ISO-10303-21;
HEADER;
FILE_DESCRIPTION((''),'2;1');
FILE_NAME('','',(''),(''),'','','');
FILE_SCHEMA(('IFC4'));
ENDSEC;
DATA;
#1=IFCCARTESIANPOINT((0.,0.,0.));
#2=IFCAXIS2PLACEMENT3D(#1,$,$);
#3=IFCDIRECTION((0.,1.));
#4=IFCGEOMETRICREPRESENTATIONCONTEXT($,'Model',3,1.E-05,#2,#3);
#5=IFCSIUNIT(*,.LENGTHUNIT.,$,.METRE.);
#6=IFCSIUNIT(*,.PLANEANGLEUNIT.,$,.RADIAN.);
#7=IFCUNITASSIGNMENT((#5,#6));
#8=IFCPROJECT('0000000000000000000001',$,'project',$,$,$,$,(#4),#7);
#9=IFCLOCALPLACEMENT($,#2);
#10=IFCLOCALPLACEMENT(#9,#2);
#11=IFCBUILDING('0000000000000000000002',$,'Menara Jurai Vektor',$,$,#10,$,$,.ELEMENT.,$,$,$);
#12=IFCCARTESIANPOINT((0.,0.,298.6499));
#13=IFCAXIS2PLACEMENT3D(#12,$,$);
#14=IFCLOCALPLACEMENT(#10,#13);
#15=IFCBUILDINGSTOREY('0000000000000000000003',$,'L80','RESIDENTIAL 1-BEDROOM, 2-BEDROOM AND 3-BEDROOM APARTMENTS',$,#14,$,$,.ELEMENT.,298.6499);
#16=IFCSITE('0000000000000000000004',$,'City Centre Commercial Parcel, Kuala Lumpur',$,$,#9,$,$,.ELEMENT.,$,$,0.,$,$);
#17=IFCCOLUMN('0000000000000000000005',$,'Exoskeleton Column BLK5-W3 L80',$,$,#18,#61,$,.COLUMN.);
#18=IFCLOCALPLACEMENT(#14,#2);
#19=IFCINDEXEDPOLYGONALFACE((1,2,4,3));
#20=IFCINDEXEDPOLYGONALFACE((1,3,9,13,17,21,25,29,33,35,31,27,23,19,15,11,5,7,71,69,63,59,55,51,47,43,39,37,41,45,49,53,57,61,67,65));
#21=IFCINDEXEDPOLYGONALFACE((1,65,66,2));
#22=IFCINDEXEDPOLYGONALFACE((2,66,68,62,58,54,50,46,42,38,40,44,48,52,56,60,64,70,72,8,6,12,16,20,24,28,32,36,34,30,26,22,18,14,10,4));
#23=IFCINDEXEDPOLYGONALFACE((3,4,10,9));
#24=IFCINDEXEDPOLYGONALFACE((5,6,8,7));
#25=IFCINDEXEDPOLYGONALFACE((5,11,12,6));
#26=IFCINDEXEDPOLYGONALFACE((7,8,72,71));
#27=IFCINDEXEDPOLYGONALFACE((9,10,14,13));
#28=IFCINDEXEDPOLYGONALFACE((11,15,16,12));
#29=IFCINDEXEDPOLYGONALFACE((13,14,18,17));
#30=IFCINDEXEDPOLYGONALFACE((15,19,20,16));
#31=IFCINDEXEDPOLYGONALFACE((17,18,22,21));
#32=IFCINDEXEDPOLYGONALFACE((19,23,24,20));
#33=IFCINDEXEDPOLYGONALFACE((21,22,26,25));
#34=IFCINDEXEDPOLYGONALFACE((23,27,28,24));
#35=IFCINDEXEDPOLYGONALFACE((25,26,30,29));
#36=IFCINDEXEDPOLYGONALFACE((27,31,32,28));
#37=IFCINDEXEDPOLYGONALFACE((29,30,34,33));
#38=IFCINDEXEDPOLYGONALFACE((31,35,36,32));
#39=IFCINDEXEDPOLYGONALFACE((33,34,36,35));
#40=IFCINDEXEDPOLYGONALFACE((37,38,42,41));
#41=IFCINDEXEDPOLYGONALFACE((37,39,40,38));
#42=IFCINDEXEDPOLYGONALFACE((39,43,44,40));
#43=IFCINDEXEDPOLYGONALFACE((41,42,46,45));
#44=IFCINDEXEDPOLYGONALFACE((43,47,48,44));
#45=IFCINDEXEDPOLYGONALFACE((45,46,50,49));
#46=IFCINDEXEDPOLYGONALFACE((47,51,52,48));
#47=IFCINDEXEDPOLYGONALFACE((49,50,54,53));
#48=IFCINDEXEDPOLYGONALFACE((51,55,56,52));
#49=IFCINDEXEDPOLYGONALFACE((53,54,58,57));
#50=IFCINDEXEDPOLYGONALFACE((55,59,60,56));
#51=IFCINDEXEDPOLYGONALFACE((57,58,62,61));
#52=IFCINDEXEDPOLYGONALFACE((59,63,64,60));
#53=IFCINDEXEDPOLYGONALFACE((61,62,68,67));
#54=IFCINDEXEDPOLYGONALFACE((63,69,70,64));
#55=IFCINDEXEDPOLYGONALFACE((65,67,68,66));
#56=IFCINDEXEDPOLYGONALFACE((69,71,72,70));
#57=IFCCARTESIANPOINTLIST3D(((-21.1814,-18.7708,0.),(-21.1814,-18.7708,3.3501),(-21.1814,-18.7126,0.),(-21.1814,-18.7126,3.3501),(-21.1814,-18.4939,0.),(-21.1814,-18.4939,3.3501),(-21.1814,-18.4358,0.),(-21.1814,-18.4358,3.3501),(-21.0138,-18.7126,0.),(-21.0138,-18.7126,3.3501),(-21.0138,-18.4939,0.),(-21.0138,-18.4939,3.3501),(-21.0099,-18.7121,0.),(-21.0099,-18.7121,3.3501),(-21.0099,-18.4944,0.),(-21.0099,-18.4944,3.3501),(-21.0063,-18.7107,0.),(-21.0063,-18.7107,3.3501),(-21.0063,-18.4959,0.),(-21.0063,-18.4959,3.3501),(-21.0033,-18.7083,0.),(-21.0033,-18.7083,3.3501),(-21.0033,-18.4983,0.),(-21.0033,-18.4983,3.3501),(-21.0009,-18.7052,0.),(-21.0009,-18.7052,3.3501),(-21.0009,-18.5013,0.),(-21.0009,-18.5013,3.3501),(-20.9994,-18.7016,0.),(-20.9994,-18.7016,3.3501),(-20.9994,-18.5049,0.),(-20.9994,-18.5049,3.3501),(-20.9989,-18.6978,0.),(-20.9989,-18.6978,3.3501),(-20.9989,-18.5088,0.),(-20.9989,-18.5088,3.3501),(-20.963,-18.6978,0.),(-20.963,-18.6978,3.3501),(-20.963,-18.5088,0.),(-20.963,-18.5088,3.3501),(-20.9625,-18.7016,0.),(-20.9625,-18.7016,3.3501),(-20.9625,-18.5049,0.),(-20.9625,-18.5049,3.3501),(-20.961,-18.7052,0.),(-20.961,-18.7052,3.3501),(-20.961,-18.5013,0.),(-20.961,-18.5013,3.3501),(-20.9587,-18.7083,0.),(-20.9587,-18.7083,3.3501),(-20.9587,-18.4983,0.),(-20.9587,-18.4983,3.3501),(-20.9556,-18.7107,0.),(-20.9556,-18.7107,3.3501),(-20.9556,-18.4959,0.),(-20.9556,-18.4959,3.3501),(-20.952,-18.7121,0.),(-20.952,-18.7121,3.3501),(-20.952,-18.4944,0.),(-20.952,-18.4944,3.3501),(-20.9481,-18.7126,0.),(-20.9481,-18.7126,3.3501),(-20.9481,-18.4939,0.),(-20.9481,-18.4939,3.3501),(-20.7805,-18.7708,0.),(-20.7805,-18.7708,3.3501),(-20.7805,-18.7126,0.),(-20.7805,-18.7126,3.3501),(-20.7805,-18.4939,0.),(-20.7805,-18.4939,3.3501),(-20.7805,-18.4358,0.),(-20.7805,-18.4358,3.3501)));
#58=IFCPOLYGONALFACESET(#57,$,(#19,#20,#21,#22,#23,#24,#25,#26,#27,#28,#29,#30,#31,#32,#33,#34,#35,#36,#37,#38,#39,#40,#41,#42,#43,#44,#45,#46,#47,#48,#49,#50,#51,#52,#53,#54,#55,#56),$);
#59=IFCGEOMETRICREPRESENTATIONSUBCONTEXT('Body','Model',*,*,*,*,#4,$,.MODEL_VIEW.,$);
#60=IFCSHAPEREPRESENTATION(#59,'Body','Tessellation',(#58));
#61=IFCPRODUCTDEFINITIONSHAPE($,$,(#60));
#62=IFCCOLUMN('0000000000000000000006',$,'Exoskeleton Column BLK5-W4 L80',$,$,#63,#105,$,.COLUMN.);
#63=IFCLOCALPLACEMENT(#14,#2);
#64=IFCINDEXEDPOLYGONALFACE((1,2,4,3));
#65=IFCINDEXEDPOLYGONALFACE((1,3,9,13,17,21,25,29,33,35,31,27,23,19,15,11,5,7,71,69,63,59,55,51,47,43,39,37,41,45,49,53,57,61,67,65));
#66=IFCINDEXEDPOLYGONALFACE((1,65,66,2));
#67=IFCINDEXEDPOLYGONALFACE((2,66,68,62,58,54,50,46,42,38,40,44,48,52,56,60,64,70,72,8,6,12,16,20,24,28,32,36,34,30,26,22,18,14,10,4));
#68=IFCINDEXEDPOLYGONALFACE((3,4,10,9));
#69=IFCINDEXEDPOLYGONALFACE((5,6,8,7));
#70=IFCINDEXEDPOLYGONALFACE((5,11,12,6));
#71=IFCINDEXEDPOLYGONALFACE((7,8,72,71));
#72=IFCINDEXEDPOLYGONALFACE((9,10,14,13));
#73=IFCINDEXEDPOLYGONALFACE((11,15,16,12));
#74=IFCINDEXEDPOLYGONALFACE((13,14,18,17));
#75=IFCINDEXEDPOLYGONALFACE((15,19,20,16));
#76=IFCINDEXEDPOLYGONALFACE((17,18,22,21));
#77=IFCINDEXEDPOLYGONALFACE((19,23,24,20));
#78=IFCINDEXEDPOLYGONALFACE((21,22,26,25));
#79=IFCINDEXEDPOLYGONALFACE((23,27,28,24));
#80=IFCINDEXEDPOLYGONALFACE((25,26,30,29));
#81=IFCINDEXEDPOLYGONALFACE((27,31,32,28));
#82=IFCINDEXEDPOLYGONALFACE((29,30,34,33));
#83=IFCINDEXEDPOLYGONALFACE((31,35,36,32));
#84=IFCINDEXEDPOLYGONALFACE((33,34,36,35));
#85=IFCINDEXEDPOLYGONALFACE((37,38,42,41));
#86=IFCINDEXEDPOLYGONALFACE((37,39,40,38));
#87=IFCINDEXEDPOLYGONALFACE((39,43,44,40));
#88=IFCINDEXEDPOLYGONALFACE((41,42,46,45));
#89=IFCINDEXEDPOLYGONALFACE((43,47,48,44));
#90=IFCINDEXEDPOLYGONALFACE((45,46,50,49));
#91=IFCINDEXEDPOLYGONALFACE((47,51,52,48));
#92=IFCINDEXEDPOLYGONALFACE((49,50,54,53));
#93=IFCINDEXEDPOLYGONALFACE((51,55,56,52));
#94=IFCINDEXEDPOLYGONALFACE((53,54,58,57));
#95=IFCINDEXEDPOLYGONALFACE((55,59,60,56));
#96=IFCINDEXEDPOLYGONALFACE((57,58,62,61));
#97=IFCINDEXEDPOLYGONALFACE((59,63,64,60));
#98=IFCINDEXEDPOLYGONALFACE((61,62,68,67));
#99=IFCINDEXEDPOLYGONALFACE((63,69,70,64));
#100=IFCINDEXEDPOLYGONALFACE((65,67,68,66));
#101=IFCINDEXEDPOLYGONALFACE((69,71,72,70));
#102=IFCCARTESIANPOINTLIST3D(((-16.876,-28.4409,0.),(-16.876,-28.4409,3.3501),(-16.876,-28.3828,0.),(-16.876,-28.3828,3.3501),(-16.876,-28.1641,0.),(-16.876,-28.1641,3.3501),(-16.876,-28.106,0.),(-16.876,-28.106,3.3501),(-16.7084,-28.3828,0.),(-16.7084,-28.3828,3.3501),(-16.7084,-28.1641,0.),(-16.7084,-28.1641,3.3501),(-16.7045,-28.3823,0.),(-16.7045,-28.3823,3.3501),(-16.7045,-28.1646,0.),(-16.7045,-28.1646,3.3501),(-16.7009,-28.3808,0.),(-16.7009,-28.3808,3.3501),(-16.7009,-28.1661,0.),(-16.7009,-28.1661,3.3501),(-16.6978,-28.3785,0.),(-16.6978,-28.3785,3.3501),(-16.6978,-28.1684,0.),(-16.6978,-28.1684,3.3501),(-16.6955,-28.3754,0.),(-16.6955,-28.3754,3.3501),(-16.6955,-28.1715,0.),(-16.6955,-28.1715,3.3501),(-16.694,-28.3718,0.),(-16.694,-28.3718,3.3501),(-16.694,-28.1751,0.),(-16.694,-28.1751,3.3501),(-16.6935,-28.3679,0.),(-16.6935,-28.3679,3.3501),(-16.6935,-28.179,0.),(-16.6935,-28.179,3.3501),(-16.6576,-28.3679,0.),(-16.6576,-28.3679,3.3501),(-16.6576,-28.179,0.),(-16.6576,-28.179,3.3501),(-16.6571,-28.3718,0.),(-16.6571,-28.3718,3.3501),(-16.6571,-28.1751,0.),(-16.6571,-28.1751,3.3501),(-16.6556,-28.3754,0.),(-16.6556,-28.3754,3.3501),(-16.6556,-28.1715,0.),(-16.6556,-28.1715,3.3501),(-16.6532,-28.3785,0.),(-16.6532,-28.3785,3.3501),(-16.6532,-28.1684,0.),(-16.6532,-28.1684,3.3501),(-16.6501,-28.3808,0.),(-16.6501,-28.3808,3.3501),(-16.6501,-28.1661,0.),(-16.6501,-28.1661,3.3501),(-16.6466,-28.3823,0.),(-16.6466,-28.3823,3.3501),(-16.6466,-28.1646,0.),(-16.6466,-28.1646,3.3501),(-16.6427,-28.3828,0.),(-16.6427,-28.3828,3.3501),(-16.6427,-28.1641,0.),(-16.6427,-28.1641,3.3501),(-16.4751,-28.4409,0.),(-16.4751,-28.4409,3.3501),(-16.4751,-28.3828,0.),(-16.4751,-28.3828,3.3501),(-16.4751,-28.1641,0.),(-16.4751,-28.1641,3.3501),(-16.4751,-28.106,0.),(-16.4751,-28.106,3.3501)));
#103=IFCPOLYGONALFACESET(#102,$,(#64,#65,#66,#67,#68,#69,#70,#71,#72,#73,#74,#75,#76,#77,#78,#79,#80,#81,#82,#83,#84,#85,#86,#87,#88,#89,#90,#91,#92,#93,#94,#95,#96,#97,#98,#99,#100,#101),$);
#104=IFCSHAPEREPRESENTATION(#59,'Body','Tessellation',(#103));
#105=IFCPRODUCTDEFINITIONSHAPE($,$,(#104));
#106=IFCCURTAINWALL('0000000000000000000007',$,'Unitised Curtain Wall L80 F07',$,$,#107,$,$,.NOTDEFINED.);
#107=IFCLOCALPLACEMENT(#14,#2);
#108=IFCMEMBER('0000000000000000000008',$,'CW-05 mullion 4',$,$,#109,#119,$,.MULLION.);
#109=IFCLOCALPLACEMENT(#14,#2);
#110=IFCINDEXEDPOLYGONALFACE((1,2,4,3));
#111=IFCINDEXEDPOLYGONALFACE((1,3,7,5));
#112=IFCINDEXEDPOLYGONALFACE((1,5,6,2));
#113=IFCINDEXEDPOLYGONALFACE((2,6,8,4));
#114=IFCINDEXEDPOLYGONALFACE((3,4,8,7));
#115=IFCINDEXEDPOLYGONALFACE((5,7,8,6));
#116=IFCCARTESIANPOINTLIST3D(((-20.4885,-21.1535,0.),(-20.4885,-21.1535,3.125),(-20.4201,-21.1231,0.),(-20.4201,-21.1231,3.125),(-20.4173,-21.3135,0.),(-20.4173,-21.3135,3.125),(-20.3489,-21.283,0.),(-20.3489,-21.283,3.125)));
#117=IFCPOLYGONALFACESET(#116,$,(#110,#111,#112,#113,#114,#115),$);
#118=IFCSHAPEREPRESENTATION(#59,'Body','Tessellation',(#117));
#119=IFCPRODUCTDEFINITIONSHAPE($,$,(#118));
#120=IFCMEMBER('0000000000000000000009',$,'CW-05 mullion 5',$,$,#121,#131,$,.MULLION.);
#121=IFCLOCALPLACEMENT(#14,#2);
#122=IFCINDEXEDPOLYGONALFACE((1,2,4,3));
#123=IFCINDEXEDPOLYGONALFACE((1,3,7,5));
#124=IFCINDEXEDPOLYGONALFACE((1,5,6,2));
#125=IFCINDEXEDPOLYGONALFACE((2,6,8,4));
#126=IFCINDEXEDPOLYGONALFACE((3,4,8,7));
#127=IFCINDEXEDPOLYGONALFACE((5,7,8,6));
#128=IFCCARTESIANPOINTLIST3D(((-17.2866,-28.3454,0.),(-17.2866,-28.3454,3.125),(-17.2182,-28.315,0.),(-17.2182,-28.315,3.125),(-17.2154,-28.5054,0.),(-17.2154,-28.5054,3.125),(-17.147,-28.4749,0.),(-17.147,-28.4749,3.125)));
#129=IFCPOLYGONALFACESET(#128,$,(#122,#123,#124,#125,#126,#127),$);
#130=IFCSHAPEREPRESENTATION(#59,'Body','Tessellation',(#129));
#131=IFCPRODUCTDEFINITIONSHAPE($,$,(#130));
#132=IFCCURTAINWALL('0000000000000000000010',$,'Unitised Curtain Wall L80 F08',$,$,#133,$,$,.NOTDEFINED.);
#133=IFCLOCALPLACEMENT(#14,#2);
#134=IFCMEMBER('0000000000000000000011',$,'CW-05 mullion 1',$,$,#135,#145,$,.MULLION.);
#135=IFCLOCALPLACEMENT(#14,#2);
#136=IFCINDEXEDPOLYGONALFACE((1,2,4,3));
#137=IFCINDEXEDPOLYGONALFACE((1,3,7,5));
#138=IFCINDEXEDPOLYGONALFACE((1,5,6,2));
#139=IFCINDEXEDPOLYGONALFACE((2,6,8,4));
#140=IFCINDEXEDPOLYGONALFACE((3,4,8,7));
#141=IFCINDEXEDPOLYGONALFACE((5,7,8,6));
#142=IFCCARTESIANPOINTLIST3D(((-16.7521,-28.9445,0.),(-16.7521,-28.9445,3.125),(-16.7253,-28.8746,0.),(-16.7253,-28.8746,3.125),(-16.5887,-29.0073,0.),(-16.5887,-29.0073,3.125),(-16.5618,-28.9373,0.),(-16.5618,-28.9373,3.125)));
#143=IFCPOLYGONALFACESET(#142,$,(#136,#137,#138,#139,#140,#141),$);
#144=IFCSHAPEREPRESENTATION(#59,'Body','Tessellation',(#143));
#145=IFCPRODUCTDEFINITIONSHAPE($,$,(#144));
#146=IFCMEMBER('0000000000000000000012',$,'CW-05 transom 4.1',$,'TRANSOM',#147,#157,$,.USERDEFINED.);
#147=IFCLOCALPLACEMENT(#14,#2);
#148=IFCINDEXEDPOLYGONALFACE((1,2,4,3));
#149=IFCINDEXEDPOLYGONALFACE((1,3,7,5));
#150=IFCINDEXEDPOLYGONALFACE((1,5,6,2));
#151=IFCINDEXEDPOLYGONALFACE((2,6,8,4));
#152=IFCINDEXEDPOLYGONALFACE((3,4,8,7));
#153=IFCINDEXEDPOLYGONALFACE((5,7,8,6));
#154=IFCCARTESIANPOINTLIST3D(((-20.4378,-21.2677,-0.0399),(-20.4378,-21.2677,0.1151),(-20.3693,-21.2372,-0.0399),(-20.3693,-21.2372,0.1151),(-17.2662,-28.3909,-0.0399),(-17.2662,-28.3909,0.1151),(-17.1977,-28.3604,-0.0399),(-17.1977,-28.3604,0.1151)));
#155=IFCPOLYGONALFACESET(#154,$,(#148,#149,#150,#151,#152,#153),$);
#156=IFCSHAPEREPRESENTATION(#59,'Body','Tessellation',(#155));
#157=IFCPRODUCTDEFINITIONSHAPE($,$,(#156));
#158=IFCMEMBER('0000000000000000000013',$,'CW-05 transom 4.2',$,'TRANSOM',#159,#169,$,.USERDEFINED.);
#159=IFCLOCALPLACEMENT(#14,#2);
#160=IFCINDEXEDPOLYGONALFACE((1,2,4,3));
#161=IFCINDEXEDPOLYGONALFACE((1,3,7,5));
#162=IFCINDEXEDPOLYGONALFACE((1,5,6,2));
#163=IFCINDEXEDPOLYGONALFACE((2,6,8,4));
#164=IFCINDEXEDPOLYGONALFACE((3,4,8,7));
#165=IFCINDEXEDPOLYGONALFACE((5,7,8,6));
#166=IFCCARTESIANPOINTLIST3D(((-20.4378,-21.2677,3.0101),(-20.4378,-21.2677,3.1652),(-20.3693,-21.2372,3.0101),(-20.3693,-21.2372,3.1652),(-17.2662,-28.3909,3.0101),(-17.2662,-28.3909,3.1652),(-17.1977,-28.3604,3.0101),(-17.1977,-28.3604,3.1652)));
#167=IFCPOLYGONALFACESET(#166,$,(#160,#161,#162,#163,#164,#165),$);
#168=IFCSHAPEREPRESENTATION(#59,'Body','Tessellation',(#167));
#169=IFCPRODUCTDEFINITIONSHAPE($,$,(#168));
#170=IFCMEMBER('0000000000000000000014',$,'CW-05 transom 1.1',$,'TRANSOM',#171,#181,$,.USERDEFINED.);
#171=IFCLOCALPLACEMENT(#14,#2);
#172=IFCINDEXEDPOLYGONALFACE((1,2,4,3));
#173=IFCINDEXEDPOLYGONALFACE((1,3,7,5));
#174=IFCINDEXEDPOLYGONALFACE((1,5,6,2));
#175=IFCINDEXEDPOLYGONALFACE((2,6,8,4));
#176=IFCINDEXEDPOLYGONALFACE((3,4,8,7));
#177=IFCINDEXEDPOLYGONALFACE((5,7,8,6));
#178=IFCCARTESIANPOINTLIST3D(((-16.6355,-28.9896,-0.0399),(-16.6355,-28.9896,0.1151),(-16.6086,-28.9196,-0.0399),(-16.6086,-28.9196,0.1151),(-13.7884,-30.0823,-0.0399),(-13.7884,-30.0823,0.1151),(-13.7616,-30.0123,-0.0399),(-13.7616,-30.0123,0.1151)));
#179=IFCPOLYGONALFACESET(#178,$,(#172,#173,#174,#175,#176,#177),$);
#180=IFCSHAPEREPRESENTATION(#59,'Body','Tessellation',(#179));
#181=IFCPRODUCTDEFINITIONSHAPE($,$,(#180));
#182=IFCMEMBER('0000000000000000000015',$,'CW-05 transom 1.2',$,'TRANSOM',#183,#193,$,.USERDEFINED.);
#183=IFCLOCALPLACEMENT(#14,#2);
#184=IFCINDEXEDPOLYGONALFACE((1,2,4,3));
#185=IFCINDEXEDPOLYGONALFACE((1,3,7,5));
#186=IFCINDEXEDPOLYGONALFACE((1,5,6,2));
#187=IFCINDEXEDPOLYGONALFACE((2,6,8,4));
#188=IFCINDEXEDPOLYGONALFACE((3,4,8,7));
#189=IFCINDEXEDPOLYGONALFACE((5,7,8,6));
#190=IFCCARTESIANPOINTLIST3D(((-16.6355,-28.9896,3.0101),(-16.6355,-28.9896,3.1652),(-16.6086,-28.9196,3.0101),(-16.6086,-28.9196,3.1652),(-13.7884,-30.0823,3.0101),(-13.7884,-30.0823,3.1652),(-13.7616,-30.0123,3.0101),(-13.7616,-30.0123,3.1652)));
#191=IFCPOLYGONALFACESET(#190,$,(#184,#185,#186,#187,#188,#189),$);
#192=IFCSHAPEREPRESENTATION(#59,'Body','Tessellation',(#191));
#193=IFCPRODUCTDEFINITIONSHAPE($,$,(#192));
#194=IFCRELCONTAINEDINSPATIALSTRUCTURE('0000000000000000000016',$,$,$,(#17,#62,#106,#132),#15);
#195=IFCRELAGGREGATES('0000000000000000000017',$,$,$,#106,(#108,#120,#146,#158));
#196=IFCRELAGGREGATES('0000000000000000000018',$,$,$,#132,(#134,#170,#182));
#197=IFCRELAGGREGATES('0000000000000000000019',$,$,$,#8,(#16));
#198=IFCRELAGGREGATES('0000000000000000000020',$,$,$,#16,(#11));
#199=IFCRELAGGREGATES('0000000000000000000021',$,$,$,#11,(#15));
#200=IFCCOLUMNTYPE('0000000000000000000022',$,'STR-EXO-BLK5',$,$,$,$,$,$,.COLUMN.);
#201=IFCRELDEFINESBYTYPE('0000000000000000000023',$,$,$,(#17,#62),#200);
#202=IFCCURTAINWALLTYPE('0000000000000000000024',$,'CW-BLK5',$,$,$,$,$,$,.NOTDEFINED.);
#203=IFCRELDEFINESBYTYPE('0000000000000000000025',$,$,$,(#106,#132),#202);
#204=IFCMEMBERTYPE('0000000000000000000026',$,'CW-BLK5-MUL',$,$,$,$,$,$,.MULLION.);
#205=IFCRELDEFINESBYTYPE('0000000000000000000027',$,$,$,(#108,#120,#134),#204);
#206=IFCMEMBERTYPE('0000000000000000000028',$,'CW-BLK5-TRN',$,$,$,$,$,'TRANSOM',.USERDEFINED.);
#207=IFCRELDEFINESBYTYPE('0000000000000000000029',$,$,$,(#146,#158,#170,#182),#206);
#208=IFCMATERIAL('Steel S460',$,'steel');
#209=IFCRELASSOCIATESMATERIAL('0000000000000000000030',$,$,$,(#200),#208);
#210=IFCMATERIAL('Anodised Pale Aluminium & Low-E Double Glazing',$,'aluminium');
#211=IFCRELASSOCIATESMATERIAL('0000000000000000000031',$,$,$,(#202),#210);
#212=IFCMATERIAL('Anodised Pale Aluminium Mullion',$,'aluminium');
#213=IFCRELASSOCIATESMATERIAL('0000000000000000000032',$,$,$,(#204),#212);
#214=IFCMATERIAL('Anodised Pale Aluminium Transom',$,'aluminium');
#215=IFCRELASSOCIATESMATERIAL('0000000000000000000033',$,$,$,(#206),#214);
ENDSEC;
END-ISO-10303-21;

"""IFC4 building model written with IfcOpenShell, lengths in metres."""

from ifc_helpers import new_model, si_unit, direction, frame, origin, origin_2d, place, context, subcontext, project, spatial, rectangle, i_section, extrude, material, material_profile, profile_set, type_object, element, aggregate, save


model = new_model("IFC4")

# Units and contexts
model_context = context("Model", 3, precision=1e-05, world=origin(), true_north=direction((0.0, 1.0)))
body_context = subcontext(model_context, "Body", "Model", "MODEL_VIEW")
ifc_project = project(units=[si_unit("LENGTHUNIT", "METRE"), si_unit("PLANEANGLEUNIT", "RADIAN")], contexts=[model_context])

# Site, building, storey
site_placement = place(None, origin())
site = spatial("IfcSite", under=ifc_project, at=site_placement, Name="City Centre Commercial Parcel, Kuala Lumpur", CompositionType="ELEMENT", RefElevation=0.0)
building_placement = place(site_placement, origin())
building = spatial("IfcBuilding", under=site, at=building_placement, Name="Menara Jurai Vektor", CompositionType="ELEMENT")
storey_placement = place(building_placement, frame((0.0, 0.0, 298.6499)))
storey = spatial("IfcBuildingStorey", under=building, at=storey_placement, Name="L80", Description="RESIDENTIAL 1-BEDROOM, 2-BEDROOM AND 3-BEDROOM APARTMENTS", CompositionType="ELEMENT", Elevation=298.6499)

# Columns
ifc_material_1 = material(Name="Steel S460", Category="steel")
ifc_material_profile_1 = material_profile(ifc_material_1, i_section(OverallWidth=0.4009, OverallDepth=0.335, WebThickness=0.0359, FlangeThickness=0.0581, FilletRadius=0.0149, at=origin_2d()), Name="HD 400x463")
ifc_profile_set_1 = profile_set([ifc_material_profile_1], Name="Steel S460")
column_type = type_object("IfcColumnType", Name="STR-EXO-BLK5", PredefinedType="COLUMN", material=ifc_profile_set_1)
for number, where, z_axis, x_axis, name in (
    (1, (-20.981, -18.6033, 0.0), (0.0, 0.0, 1.0), (1.0, 0.0, 0.0), "Exoskeleton Column BLK5-W3 L80"),
    (2, (-16.6755, -28.2734, 0.0), (0.0, 0.0, 1.0), (1.0, 0.0, 0.0), "Exoskeleton Column BLK5-W4 L80"),
):
    element("IfcColumn", number, at=place(storey_placement, frame(where, z_axis=z_axis, x_axis=x_axis)), inside=storey, type_object=column_type, Name=name, PredefinedType="COLUMN", context=body_context, shape_type="SweptSolid", body=[
        extrude(i_section(OverallWidth=0.4009, OverallDepth=0.335, WebThickness=0.0359, FlangeThickness=0.0581, FilletRadius=0.0149, at=origin_2d()), origin(), (0.0, 0.0, 1.0), 3.3501),
    ])

# Curtain wall, members
ifc_material_2 = material(Name="Anodised Pale Aluminium & Low-E Double Glazing", Category="aluminium")
curtain_wall_type = type_object("IfcCurtainWallType", Name="CW-BLK5", PredefinedType="NOTDEFINED", material=ifc_material_2)
curtain_wall_1_placement = place(storey_placement, origin())
curtain_wall_1 = element("IfcCurtainWall", 3, at=curtain_wall_1_placement, inside=storey, type_object=curtain_wall_type, Name="Unitised Curtain Wall L80 F07", PredefinedType="NOTDEFINED")
ifc_material_3 = material(Name="Anodised Pale Aluminium Mullion", Category="aluminium")
ifc_material_profile_2 = material_profile(ifc_material_3, rectangle(XDim=0.075, YDim=0.175, at=origin_2d()), Name="ALU MUL 75x175")
ifc_profile_set_2 = profile_set([ifc_material_profile_2], Name="Anodised Pale Aluminium Mullion")
member_type_1 = type_object("IfcMemberType", Name="CW-BLK5-MUL", PredefinedType="MULLION", material=ifc_profile_set_2)
member_1_placement = place(storey_placement, frame((-20.4187, -21.2183, 0.0), z_axis=(0.0, 0.0, 1.0), x_axis=(0.913546, 0.406735, 0.0)))
member_1 = element("IfcMember", 4, at=member_1_placement, type_object=member_type_1, Name="CW-05 mullion 4", PredefinedType="MULLION", context=body_context, shape_type="SweptSolid", body=[
    extrude(rectangle(XDim=0.075, YDim=0.175, at=origin_2d()), origin(), (0.0, 0.0, 1.0), 3.125),
])
member_2_placement = place(storey_placement, frame((-17.2168, -28.4102, 0.0), z_axis=(0.0, 0.0, 1.0), x_axis=(0.913546, 0.406735, 0.0)))
member_2 = element("IfcMember", 5, at=member_2_placement, type_object=member_type_1, Name="CW-05 mullion 5", PredefinedType="MULLION", context=body_context, shape_type="SweptSolid", body=[
    extrude(rectangle(XDim=0.075, YDim=0.175, at=origin_2d()), origin(), (0.0, 0.0, 1.0), 3.125),
])

# Curtain wall, member
curtain_wall_2_placement = place(storey_placement, origin())
curtain_wall_2 = element("IfcCurtainWall", 6, at=curtain_wall_2_placement, inside=storey, type_object=curtain_wall_type, Name="Unitised Curtain Wall L80 F08", PredefinedType="NOTDEFINED")
member_3_placement = place(storey_placement, frame((-16.657, -28.9409, 0.0), z_axis=(0.0, 0.0, 1.0), x_axis=(0.358374, 0.933578, 0.0)))
member_3 = element("IfcMember", 7, at=member_3_placement, type_object=member_type_1, Name="CW-05 mullion 1", PredefinedType="MULLION", context=body_context, shape_type="SweptSolid", body=[
    extrude(rectangle(XDim=0.075, YDim=0.175, at=origin_2d()), origin(), (0.0, 0.0, 1.0), 3.125),
])

# Members
ifc_material_4 = material(Name="Anodised Pale Aluminium Transom", Category="aluminium")
ifc_material_profile_3 = material_profile(ifc_material_4, rectangle(XDim=0.075, YDim=0.155, at=origin_2d()), Name="ALU TRN 75x155")
ifc_profile_set_3 = profile_set([ifc_material_profile_3], Name="Anodised Pale Aluminium Transom")
member_type_2 = type_object("IfcMemberType", Name="CW-BLK5-TRN", ElementType="TRANSOM", PredefinedType="USERDEFINED", material=ifc_profile_set_3)
member_4_placement = place(storey_placement, frame((-20.4036, -21.2524, 0.0376), z_axis=(0.406751, -0.913539, 0.0), x_axis=(0.913539, 0.406751, 0.0)))
member_4 = element("IfcMember", 8, at=member_4_placement, type_object=member_type_2, Name="CW-05 transom 4.1", ObjectType="TRANSOM", PredefinedType="USERDEFINED", context=body_context, shape_type="SweptSolid", body=[
    extrude(rectangle(XDim=0.075, YDim=0.155, at=origin_2d()), origin(), (0.0, 0.0, 1.0), 7.7974),
])
member_5_placement = place(storey_placement, frame((-20.4036, -21.2524, 3.0876), z_axis=(0.406751, -0.913539, 0.0), x_axis=(0.913539, 0.406751, 0.0)))
member_5 = element("IfcMember", 9, at=member_5_placement, type_object=member_type_2, Name="CW-05 transom 4.2", ObjectType="TRANSOM", PredefinedType="USERDEFINED", context=body_context, shape_type="SweptSolid", body=[
    extrude(rectangle(XDim=0.075, YDim=0.155, at=origin_2d()), origin(), (0.0, 0.0, 1.0), 7.7974),
])
member_6_placement = place(storey_placement, frame((-16.6221, -28.9546, 0.0376), z_axis=(0.933597, -0.358325, 0.0), x_axis=(0.358325, 0.933597, 0.0)))
member_6 = element("IfcMember", 10, at=member_6_placement, type_object=member_type_2, Name="CW-05 transom 1.1", ObjectType="TRANSOM", PredefinedType="USERDEFINED", context=body_context, shape_type="SweptSolid", body=[
    extrude(rectangle(XDim=0.075, YDim=0.155, at=origin_2d()), origin(), (0.0, 0.0, 1.0), 3.0496),
])
member_7_placement = place(storey_placement, frame((-16.6221, -28.9546, 3.0876), z_axis=(0.933597, -0.358325, 0.0), x_axis=(0.358325, 0.933597, 0.0)))
member_7 = element("IfcMember", 11, at=member_7_placement, type_object=member_type_2, Name="CW-05 transom 1.2", ObjectType="TRANSOM", PredefinedType="USERDEFINED", context=body_context, shape_type="SweptSolid", body=[
    extrude(rectangle(XDim=0.075, YDim=0.155, at=origin_2d()), origin(), (0.0, 0.0, 1.0), 3.0496),
])

aggregate(curtain_wall_1, [member_1, member_2, member_4, member_5])
aggregate(curtain_wall_2, [member_3, member_6, member_7])

save(model, "model.ifc")
